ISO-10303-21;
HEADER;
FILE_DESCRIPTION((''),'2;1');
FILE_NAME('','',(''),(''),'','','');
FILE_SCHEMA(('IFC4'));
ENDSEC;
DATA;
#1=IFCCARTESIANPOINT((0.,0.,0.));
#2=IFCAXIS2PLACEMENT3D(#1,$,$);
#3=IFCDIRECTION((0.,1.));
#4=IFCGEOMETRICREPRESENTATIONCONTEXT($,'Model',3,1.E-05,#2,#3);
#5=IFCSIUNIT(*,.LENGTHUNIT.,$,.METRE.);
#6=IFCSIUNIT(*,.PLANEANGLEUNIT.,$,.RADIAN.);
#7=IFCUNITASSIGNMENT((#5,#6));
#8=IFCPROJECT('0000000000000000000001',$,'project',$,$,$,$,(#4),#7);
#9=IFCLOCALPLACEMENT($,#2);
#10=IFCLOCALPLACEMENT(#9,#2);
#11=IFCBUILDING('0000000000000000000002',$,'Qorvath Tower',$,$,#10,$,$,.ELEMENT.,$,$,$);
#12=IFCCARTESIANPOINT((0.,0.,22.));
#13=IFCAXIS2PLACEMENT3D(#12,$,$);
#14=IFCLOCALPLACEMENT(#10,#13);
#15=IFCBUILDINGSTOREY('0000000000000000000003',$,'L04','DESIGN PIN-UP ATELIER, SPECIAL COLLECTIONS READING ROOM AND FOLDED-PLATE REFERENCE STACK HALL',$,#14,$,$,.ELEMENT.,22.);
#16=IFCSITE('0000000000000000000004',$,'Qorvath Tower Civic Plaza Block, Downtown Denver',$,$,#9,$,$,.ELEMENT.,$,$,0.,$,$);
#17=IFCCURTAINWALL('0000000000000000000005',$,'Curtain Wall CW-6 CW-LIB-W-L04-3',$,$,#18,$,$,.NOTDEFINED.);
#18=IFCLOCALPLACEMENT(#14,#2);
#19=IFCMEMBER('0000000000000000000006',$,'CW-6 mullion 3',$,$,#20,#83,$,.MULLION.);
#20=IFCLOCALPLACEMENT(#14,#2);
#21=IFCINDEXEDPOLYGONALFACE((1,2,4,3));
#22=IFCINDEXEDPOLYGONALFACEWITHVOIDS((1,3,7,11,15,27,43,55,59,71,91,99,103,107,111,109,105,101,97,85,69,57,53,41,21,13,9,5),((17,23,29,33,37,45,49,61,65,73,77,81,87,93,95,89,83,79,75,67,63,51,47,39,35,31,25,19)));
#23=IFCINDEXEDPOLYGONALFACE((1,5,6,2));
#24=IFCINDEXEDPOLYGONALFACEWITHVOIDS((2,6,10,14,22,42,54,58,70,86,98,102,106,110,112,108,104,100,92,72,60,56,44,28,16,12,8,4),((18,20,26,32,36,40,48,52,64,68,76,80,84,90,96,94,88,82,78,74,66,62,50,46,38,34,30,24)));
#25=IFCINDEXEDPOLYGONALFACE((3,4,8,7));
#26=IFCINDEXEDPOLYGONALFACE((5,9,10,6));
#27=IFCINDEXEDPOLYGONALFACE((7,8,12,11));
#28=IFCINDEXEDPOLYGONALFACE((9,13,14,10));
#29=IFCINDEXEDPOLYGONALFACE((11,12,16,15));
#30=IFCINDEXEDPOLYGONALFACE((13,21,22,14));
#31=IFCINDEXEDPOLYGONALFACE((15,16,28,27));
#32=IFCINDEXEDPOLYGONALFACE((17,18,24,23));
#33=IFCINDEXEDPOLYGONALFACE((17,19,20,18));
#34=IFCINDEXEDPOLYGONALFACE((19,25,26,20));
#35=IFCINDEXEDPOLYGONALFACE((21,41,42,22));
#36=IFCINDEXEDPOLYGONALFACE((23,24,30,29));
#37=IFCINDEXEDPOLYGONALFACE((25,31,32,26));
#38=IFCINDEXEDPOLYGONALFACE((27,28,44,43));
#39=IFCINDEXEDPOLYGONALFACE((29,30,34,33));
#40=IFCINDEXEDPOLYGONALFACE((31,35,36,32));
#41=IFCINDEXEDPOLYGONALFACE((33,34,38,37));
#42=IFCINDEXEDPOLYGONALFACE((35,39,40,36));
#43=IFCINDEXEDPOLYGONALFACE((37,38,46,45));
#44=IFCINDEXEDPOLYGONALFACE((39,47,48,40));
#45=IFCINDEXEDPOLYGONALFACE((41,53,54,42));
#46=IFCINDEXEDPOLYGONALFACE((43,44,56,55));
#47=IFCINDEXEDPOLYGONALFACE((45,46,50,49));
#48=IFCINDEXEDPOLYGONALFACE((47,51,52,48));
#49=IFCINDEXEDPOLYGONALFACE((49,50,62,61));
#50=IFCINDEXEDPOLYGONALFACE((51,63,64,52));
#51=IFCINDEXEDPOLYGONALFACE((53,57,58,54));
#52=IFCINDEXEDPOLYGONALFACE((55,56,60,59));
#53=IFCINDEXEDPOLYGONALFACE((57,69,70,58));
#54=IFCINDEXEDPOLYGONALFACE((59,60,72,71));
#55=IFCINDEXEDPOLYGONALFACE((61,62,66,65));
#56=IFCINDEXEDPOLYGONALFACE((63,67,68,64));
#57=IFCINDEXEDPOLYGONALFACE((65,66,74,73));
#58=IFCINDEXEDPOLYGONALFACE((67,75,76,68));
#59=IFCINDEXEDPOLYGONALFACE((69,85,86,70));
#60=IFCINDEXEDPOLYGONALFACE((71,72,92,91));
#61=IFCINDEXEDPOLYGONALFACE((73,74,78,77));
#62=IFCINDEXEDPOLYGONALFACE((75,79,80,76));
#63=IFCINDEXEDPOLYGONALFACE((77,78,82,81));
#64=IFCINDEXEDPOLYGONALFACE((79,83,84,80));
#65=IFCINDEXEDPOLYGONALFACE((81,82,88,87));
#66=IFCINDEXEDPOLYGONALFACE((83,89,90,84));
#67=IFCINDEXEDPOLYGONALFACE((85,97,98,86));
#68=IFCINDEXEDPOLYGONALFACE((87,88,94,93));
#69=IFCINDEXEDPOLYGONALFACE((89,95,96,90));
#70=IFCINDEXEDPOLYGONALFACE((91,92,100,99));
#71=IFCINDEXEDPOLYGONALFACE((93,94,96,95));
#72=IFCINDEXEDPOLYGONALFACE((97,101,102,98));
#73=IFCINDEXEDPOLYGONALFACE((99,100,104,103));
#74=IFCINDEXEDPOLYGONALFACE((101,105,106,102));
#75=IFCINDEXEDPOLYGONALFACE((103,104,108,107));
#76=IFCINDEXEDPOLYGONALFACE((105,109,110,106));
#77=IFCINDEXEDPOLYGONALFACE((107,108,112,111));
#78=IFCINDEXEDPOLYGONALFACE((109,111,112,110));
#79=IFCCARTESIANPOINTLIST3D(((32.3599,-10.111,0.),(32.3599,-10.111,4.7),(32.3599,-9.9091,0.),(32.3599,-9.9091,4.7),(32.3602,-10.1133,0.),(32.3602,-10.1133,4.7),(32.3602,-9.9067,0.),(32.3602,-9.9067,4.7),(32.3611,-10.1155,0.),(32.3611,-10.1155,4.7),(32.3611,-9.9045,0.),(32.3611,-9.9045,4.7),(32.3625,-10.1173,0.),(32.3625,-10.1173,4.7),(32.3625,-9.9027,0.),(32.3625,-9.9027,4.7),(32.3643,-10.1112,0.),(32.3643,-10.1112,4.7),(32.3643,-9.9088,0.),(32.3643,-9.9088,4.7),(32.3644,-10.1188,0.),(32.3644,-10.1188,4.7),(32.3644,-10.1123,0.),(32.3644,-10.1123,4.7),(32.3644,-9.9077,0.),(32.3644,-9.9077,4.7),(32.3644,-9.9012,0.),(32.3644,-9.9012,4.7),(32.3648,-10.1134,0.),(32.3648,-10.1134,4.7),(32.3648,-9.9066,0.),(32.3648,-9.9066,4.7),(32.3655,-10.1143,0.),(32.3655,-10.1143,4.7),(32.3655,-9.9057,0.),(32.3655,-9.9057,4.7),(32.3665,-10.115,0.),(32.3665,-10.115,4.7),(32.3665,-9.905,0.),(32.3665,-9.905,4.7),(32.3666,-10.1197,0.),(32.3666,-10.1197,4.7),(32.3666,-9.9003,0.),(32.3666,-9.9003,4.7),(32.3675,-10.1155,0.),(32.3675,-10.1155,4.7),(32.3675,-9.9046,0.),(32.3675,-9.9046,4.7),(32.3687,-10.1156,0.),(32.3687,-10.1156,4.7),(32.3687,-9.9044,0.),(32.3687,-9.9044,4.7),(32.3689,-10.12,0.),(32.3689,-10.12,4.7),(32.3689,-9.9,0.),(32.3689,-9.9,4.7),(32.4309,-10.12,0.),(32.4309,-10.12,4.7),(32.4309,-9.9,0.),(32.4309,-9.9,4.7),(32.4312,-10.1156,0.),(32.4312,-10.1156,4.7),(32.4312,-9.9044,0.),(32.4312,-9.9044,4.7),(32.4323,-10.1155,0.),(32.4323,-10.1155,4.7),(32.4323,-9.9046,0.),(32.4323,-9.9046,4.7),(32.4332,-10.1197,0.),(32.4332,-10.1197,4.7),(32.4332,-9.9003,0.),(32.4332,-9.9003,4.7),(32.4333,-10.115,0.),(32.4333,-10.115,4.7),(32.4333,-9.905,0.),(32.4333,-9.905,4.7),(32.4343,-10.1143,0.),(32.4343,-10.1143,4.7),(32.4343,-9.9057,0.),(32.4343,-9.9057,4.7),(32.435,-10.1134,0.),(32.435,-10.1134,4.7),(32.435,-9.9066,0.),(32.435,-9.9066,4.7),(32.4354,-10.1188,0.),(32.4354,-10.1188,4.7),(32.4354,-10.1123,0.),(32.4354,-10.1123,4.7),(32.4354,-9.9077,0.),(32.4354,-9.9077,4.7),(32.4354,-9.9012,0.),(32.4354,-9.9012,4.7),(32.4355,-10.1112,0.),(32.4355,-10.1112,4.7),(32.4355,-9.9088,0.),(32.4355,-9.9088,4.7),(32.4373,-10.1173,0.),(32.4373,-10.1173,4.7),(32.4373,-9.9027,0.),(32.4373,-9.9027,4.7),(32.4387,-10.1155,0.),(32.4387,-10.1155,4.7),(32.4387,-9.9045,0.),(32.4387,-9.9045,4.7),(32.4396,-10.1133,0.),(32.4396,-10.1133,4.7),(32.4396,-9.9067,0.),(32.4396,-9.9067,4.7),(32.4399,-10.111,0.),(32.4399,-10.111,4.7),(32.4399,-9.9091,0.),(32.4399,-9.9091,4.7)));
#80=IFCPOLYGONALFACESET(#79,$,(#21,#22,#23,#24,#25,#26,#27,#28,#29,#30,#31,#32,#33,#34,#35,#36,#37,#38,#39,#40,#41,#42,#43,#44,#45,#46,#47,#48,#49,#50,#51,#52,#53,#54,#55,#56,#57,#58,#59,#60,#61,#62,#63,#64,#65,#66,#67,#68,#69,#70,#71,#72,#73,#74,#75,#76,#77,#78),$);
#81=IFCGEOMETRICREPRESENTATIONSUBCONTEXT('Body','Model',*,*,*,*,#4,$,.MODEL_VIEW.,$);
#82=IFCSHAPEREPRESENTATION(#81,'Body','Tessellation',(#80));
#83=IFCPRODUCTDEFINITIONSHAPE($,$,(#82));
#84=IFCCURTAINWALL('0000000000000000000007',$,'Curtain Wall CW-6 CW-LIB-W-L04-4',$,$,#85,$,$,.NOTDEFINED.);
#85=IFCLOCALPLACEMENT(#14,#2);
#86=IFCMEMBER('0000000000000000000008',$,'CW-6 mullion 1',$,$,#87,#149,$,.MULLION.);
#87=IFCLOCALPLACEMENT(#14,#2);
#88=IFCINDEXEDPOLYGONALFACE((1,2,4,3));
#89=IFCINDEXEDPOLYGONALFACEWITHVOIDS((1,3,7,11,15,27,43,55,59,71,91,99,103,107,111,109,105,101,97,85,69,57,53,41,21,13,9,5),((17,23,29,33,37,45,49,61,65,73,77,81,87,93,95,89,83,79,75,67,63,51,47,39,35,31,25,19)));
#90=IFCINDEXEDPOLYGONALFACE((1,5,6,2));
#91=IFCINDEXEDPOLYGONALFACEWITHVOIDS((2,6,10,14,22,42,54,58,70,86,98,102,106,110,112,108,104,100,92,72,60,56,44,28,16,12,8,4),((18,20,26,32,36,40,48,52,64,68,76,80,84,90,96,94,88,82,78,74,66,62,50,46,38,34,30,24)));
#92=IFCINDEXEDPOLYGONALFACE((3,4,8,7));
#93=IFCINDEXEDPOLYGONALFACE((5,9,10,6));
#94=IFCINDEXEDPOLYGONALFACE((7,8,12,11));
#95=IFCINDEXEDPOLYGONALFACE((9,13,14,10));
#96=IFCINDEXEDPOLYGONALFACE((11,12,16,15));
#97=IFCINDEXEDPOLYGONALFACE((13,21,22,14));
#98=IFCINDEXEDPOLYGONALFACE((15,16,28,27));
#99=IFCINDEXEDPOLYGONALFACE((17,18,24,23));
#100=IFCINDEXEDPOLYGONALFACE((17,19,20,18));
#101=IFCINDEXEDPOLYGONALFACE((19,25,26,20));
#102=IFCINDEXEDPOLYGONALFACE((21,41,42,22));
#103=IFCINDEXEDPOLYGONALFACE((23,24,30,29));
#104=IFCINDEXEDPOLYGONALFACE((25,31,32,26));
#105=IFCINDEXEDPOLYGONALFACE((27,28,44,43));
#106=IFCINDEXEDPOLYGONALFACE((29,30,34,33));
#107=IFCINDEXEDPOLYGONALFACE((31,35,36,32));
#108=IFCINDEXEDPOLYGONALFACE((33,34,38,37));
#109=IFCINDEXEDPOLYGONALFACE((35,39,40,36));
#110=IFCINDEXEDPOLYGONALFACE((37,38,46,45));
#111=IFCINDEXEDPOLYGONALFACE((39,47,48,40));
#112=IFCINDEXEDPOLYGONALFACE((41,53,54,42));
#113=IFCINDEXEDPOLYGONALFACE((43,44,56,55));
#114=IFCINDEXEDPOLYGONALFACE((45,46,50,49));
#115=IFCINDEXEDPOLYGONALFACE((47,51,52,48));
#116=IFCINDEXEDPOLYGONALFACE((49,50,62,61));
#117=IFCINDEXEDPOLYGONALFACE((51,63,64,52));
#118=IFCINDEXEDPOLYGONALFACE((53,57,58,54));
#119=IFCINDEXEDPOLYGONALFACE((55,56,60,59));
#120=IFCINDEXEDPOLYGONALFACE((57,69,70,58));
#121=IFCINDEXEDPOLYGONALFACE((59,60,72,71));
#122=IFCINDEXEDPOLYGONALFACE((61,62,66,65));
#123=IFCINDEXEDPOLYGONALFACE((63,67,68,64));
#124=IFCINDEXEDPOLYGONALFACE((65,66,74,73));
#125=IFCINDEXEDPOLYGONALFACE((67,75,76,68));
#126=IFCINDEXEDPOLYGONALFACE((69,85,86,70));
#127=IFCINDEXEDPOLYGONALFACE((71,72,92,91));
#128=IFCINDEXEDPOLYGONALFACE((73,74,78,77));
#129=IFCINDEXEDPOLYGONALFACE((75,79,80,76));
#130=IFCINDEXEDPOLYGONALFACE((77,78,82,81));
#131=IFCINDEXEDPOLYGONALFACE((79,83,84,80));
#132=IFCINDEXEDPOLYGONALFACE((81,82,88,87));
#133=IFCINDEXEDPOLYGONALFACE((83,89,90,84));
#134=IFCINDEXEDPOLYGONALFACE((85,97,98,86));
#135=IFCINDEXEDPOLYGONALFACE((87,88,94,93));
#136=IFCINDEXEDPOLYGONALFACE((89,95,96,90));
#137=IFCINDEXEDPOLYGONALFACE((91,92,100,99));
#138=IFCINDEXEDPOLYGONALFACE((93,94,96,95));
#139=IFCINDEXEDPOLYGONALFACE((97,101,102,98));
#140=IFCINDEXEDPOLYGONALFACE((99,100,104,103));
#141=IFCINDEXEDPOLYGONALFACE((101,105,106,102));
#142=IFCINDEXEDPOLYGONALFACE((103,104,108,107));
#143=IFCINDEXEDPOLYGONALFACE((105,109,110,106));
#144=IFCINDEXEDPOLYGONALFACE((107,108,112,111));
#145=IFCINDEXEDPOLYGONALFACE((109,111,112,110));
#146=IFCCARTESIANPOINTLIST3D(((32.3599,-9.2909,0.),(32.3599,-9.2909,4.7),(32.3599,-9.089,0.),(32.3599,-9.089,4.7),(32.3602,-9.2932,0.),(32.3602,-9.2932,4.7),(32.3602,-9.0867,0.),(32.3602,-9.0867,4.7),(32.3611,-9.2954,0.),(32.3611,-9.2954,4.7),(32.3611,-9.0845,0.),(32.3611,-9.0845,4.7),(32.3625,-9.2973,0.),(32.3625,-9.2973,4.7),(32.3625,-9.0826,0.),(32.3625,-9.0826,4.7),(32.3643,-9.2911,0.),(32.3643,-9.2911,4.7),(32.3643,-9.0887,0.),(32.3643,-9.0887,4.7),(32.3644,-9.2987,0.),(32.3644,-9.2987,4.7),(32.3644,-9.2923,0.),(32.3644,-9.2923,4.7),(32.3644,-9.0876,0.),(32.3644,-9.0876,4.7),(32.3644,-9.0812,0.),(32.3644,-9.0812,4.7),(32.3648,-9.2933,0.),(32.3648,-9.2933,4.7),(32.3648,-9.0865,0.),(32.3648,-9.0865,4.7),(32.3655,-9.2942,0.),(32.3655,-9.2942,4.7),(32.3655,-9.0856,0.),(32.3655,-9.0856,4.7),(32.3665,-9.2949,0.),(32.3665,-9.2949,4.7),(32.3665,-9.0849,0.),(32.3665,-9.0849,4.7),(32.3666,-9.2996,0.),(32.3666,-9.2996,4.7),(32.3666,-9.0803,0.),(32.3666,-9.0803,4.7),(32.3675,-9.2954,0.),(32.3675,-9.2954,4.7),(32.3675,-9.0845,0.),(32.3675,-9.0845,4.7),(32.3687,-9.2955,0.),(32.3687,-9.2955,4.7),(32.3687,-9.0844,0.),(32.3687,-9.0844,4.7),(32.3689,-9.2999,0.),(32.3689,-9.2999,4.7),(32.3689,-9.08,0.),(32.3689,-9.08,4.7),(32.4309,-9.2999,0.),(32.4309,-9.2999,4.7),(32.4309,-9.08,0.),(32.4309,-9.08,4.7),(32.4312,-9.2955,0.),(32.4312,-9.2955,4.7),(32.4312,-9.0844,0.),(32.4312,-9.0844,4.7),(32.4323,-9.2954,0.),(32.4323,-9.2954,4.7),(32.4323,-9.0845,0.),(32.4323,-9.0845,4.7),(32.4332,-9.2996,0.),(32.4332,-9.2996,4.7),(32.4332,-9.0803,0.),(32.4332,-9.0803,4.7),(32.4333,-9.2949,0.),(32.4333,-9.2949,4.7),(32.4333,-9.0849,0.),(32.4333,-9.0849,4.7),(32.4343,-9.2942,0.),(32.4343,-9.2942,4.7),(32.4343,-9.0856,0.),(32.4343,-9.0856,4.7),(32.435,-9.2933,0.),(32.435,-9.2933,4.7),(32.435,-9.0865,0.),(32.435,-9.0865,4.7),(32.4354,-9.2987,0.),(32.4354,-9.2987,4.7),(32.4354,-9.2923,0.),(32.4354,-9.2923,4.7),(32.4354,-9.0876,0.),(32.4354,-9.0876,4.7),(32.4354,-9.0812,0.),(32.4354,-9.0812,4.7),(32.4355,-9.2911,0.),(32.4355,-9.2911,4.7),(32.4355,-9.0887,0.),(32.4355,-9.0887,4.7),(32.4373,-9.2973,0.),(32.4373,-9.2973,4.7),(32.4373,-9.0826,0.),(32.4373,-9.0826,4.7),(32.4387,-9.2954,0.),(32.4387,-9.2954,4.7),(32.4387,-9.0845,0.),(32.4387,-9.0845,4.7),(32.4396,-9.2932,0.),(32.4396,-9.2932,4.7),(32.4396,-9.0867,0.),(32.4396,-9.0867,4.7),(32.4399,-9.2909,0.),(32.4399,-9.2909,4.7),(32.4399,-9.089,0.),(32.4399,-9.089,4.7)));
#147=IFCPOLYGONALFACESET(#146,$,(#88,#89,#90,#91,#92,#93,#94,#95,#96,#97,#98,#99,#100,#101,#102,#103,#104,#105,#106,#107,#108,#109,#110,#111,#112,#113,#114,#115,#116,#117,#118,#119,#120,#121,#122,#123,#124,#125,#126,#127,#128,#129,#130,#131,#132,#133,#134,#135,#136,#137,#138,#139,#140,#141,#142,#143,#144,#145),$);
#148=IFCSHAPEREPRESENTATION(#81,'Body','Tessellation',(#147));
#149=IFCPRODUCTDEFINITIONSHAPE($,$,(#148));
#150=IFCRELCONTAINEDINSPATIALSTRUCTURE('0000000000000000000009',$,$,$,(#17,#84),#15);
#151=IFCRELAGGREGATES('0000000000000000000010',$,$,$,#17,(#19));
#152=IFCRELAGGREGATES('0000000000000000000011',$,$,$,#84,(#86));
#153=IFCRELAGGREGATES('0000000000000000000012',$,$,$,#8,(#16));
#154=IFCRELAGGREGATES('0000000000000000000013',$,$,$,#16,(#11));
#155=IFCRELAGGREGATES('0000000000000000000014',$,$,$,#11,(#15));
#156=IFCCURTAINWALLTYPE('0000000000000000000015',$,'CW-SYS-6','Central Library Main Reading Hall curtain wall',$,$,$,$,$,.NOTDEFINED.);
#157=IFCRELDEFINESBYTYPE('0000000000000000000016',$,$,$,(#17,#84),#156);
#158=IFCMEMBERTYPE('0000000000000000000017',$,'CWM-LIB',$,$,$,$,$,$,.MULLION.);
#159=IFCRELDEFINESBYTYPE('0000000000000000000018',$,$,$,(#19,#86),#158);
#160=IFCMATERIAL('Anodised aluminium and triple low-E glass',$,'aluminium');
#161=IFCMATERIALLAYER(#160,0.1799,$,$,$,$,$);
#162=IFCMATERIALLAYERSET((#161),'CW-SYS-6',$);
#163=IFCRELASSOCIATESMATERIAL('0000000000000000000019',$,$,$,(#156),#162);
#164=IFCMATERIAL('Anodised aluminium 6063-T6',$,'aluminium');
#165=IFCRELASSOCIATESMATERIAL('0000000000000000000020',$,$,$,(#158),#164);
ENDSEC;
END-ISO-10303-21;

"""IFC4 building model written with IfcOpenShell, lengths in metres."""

from ifc_helpers import new_model, si_unit, direction, frame, origin, origin_2d, place, context, subcontext, project, spatial, hollow_rectangle, extrude, material, layer, layer_set, material_profile, profile_set, type_object, element, aggregate, save


model = new_model("IFC4")

# Units and contexts
model_context = context("Model", 3, precision=1e-05, world=origin(), true_north=direction((0.0, 1.0)))
body_context = subcontext(model_context, "Body", "Model", "MODEL_VIEW")
ifc_project = project(units=[si_unit("LENGTHUNIT", "METRE"), si_unit("PLANEANGLEUNIT", "RADIAN")], contexts=[model_context])

# Site, building, storey
site_placement = place(None, origin())
site = spatial("IfcSite", under=ifc_project, at=site_placement, Name="Qorvath Tower Civic Plaza Block, Downtown Denver", CompositionType="ELEMENT", RefElevation=0.0)
building_placement = place(site_placement, origin())
building = spatial("IfcBuilding", under=site, at=building_placement, Name="Qorvath Tower", CompositionType="ELEMENT")
storey_placement = place(building_placement, frame((0.0, 0.0, 22.0)))
storey = spatial("IfcBuildingStorey", under=building, at=storey_placement, Name="L04", Description="DESIGN PIN-UP ATELIER, SPECIAL COLLECTIONS READING ROOM AND FOLDED-PLATE REFERENCE STACK HALL", CompositionType="ELEMENT", Elevation=22.0)

# Curtain wall, member
ifc_material_1 = material(Name="Anodised aluminium and triple low-E glass", Category="aluminium")
ifc_layer_1 = layer(ifc_material_1, 0.1799)
ifc_layer_set_1 = layer_set([ifc_layer_1], Name="CW-SYS-6")
curtain_wall_type = type_object("IfcCurtainWallType", Name="CW-SYS-6", Description="Central Library Main Reading Hall curtain wall", PredefinedType="NOTDEFINED", material=ifc_layer_set_1)
curtain_wall_1_placement = place(storey_placement, origin())
curtain_wall_1 = element("IfcCurtainWall", 1, at=curtain_wall_1_placement, inside=storey, type_object=curtain_wall_type, Name="Curtain Wall CW-6 CW-LIB-W-L04-3", PredefinedType="NOTDEFINED")
ifc_material_2 = material(Name="Anodised aluminium 6063-T6", Category="aluminium")
ifc_material_profile_1 = material_profile(ifc_material_2, hollow_rectangle(XDim=0.0801, YDim=0.22, WallThickness=0.0044, InnerFilletRadius=0.0044, OuterFilletRadius=0.009, at=origin_2d()), Name="CWM LIB 220x80")
ifc_profile_set_1 = profile_set([ifc_material_profile_1], Name="Anodised aluminium 6063-T6")
member_type_1 = type_object("IfcMemberType", Name="CWM-LIB", PredefinedType="MULLION", material=ifc_profile_set_1)
member_1_placement = place(storey_placement, frame((32.3999, -10.01, 0.0), z_axis=(0.0, 0.0, 1.0), x_axis=(-1.0, 0.0, 0.0)))
member_1 = element("IfcMember", 2, at=member_1_placement, type_object=member_type_1, Name="CW-6 mullion 3", PredefinedType="MULLION", context=body_context, shape_type="SweptSolid", body=[
    extrude(hollow_rectangle(XDim=0.0801, YDim=0.22, WallThickness=0.0044, InnerFilletRadius=0.0044, OuterFilletRadius=0.009, at=origin_2d()), origin(), (0.0, 0.0, 1.0), 4.7),
])

# Curtain wall, member
curtain_wall_2_placement = place(storey_placement, origin())
curtain_wall_2 = element("IfcCurtainWall", 3, at=curtain_wall_2_placement, inside=storey, type_object=curtain_wall_type, Name="Curtain Wall CW-6 CW-LIB-W-L04-4", PredefinedType="NOTDEFINED")
member_2_placement = place(storey_placement, frame((32.3999, -9.1899, 0.0), z_axis=(0.0, 0.0, 1.0), x_axis=(-1.0, 0.0, 0.0)))
member_2 = element("IfcMember", 4, at=member_2_placement, type_object=member_type_1, Name="CW-6 mullion 1", PredefinedType="MULLION", context=body_context, shape_type="SweptSolid", body=[
    extrude(hollow_rectangle(XDim=0.0801, YDim=0.22, WallThickness=0.0044, InnerFilletRadius=0.0044, OuterFilletRadius=0.009, at=origin_2d()), origin(), (0.0, 0.0, 1.0), 4.7),
])

aggregate(curtain_wall_1, [member_1])
aggregate(curtain_wall_2, [member_2])

save(model, "model.ifc")
